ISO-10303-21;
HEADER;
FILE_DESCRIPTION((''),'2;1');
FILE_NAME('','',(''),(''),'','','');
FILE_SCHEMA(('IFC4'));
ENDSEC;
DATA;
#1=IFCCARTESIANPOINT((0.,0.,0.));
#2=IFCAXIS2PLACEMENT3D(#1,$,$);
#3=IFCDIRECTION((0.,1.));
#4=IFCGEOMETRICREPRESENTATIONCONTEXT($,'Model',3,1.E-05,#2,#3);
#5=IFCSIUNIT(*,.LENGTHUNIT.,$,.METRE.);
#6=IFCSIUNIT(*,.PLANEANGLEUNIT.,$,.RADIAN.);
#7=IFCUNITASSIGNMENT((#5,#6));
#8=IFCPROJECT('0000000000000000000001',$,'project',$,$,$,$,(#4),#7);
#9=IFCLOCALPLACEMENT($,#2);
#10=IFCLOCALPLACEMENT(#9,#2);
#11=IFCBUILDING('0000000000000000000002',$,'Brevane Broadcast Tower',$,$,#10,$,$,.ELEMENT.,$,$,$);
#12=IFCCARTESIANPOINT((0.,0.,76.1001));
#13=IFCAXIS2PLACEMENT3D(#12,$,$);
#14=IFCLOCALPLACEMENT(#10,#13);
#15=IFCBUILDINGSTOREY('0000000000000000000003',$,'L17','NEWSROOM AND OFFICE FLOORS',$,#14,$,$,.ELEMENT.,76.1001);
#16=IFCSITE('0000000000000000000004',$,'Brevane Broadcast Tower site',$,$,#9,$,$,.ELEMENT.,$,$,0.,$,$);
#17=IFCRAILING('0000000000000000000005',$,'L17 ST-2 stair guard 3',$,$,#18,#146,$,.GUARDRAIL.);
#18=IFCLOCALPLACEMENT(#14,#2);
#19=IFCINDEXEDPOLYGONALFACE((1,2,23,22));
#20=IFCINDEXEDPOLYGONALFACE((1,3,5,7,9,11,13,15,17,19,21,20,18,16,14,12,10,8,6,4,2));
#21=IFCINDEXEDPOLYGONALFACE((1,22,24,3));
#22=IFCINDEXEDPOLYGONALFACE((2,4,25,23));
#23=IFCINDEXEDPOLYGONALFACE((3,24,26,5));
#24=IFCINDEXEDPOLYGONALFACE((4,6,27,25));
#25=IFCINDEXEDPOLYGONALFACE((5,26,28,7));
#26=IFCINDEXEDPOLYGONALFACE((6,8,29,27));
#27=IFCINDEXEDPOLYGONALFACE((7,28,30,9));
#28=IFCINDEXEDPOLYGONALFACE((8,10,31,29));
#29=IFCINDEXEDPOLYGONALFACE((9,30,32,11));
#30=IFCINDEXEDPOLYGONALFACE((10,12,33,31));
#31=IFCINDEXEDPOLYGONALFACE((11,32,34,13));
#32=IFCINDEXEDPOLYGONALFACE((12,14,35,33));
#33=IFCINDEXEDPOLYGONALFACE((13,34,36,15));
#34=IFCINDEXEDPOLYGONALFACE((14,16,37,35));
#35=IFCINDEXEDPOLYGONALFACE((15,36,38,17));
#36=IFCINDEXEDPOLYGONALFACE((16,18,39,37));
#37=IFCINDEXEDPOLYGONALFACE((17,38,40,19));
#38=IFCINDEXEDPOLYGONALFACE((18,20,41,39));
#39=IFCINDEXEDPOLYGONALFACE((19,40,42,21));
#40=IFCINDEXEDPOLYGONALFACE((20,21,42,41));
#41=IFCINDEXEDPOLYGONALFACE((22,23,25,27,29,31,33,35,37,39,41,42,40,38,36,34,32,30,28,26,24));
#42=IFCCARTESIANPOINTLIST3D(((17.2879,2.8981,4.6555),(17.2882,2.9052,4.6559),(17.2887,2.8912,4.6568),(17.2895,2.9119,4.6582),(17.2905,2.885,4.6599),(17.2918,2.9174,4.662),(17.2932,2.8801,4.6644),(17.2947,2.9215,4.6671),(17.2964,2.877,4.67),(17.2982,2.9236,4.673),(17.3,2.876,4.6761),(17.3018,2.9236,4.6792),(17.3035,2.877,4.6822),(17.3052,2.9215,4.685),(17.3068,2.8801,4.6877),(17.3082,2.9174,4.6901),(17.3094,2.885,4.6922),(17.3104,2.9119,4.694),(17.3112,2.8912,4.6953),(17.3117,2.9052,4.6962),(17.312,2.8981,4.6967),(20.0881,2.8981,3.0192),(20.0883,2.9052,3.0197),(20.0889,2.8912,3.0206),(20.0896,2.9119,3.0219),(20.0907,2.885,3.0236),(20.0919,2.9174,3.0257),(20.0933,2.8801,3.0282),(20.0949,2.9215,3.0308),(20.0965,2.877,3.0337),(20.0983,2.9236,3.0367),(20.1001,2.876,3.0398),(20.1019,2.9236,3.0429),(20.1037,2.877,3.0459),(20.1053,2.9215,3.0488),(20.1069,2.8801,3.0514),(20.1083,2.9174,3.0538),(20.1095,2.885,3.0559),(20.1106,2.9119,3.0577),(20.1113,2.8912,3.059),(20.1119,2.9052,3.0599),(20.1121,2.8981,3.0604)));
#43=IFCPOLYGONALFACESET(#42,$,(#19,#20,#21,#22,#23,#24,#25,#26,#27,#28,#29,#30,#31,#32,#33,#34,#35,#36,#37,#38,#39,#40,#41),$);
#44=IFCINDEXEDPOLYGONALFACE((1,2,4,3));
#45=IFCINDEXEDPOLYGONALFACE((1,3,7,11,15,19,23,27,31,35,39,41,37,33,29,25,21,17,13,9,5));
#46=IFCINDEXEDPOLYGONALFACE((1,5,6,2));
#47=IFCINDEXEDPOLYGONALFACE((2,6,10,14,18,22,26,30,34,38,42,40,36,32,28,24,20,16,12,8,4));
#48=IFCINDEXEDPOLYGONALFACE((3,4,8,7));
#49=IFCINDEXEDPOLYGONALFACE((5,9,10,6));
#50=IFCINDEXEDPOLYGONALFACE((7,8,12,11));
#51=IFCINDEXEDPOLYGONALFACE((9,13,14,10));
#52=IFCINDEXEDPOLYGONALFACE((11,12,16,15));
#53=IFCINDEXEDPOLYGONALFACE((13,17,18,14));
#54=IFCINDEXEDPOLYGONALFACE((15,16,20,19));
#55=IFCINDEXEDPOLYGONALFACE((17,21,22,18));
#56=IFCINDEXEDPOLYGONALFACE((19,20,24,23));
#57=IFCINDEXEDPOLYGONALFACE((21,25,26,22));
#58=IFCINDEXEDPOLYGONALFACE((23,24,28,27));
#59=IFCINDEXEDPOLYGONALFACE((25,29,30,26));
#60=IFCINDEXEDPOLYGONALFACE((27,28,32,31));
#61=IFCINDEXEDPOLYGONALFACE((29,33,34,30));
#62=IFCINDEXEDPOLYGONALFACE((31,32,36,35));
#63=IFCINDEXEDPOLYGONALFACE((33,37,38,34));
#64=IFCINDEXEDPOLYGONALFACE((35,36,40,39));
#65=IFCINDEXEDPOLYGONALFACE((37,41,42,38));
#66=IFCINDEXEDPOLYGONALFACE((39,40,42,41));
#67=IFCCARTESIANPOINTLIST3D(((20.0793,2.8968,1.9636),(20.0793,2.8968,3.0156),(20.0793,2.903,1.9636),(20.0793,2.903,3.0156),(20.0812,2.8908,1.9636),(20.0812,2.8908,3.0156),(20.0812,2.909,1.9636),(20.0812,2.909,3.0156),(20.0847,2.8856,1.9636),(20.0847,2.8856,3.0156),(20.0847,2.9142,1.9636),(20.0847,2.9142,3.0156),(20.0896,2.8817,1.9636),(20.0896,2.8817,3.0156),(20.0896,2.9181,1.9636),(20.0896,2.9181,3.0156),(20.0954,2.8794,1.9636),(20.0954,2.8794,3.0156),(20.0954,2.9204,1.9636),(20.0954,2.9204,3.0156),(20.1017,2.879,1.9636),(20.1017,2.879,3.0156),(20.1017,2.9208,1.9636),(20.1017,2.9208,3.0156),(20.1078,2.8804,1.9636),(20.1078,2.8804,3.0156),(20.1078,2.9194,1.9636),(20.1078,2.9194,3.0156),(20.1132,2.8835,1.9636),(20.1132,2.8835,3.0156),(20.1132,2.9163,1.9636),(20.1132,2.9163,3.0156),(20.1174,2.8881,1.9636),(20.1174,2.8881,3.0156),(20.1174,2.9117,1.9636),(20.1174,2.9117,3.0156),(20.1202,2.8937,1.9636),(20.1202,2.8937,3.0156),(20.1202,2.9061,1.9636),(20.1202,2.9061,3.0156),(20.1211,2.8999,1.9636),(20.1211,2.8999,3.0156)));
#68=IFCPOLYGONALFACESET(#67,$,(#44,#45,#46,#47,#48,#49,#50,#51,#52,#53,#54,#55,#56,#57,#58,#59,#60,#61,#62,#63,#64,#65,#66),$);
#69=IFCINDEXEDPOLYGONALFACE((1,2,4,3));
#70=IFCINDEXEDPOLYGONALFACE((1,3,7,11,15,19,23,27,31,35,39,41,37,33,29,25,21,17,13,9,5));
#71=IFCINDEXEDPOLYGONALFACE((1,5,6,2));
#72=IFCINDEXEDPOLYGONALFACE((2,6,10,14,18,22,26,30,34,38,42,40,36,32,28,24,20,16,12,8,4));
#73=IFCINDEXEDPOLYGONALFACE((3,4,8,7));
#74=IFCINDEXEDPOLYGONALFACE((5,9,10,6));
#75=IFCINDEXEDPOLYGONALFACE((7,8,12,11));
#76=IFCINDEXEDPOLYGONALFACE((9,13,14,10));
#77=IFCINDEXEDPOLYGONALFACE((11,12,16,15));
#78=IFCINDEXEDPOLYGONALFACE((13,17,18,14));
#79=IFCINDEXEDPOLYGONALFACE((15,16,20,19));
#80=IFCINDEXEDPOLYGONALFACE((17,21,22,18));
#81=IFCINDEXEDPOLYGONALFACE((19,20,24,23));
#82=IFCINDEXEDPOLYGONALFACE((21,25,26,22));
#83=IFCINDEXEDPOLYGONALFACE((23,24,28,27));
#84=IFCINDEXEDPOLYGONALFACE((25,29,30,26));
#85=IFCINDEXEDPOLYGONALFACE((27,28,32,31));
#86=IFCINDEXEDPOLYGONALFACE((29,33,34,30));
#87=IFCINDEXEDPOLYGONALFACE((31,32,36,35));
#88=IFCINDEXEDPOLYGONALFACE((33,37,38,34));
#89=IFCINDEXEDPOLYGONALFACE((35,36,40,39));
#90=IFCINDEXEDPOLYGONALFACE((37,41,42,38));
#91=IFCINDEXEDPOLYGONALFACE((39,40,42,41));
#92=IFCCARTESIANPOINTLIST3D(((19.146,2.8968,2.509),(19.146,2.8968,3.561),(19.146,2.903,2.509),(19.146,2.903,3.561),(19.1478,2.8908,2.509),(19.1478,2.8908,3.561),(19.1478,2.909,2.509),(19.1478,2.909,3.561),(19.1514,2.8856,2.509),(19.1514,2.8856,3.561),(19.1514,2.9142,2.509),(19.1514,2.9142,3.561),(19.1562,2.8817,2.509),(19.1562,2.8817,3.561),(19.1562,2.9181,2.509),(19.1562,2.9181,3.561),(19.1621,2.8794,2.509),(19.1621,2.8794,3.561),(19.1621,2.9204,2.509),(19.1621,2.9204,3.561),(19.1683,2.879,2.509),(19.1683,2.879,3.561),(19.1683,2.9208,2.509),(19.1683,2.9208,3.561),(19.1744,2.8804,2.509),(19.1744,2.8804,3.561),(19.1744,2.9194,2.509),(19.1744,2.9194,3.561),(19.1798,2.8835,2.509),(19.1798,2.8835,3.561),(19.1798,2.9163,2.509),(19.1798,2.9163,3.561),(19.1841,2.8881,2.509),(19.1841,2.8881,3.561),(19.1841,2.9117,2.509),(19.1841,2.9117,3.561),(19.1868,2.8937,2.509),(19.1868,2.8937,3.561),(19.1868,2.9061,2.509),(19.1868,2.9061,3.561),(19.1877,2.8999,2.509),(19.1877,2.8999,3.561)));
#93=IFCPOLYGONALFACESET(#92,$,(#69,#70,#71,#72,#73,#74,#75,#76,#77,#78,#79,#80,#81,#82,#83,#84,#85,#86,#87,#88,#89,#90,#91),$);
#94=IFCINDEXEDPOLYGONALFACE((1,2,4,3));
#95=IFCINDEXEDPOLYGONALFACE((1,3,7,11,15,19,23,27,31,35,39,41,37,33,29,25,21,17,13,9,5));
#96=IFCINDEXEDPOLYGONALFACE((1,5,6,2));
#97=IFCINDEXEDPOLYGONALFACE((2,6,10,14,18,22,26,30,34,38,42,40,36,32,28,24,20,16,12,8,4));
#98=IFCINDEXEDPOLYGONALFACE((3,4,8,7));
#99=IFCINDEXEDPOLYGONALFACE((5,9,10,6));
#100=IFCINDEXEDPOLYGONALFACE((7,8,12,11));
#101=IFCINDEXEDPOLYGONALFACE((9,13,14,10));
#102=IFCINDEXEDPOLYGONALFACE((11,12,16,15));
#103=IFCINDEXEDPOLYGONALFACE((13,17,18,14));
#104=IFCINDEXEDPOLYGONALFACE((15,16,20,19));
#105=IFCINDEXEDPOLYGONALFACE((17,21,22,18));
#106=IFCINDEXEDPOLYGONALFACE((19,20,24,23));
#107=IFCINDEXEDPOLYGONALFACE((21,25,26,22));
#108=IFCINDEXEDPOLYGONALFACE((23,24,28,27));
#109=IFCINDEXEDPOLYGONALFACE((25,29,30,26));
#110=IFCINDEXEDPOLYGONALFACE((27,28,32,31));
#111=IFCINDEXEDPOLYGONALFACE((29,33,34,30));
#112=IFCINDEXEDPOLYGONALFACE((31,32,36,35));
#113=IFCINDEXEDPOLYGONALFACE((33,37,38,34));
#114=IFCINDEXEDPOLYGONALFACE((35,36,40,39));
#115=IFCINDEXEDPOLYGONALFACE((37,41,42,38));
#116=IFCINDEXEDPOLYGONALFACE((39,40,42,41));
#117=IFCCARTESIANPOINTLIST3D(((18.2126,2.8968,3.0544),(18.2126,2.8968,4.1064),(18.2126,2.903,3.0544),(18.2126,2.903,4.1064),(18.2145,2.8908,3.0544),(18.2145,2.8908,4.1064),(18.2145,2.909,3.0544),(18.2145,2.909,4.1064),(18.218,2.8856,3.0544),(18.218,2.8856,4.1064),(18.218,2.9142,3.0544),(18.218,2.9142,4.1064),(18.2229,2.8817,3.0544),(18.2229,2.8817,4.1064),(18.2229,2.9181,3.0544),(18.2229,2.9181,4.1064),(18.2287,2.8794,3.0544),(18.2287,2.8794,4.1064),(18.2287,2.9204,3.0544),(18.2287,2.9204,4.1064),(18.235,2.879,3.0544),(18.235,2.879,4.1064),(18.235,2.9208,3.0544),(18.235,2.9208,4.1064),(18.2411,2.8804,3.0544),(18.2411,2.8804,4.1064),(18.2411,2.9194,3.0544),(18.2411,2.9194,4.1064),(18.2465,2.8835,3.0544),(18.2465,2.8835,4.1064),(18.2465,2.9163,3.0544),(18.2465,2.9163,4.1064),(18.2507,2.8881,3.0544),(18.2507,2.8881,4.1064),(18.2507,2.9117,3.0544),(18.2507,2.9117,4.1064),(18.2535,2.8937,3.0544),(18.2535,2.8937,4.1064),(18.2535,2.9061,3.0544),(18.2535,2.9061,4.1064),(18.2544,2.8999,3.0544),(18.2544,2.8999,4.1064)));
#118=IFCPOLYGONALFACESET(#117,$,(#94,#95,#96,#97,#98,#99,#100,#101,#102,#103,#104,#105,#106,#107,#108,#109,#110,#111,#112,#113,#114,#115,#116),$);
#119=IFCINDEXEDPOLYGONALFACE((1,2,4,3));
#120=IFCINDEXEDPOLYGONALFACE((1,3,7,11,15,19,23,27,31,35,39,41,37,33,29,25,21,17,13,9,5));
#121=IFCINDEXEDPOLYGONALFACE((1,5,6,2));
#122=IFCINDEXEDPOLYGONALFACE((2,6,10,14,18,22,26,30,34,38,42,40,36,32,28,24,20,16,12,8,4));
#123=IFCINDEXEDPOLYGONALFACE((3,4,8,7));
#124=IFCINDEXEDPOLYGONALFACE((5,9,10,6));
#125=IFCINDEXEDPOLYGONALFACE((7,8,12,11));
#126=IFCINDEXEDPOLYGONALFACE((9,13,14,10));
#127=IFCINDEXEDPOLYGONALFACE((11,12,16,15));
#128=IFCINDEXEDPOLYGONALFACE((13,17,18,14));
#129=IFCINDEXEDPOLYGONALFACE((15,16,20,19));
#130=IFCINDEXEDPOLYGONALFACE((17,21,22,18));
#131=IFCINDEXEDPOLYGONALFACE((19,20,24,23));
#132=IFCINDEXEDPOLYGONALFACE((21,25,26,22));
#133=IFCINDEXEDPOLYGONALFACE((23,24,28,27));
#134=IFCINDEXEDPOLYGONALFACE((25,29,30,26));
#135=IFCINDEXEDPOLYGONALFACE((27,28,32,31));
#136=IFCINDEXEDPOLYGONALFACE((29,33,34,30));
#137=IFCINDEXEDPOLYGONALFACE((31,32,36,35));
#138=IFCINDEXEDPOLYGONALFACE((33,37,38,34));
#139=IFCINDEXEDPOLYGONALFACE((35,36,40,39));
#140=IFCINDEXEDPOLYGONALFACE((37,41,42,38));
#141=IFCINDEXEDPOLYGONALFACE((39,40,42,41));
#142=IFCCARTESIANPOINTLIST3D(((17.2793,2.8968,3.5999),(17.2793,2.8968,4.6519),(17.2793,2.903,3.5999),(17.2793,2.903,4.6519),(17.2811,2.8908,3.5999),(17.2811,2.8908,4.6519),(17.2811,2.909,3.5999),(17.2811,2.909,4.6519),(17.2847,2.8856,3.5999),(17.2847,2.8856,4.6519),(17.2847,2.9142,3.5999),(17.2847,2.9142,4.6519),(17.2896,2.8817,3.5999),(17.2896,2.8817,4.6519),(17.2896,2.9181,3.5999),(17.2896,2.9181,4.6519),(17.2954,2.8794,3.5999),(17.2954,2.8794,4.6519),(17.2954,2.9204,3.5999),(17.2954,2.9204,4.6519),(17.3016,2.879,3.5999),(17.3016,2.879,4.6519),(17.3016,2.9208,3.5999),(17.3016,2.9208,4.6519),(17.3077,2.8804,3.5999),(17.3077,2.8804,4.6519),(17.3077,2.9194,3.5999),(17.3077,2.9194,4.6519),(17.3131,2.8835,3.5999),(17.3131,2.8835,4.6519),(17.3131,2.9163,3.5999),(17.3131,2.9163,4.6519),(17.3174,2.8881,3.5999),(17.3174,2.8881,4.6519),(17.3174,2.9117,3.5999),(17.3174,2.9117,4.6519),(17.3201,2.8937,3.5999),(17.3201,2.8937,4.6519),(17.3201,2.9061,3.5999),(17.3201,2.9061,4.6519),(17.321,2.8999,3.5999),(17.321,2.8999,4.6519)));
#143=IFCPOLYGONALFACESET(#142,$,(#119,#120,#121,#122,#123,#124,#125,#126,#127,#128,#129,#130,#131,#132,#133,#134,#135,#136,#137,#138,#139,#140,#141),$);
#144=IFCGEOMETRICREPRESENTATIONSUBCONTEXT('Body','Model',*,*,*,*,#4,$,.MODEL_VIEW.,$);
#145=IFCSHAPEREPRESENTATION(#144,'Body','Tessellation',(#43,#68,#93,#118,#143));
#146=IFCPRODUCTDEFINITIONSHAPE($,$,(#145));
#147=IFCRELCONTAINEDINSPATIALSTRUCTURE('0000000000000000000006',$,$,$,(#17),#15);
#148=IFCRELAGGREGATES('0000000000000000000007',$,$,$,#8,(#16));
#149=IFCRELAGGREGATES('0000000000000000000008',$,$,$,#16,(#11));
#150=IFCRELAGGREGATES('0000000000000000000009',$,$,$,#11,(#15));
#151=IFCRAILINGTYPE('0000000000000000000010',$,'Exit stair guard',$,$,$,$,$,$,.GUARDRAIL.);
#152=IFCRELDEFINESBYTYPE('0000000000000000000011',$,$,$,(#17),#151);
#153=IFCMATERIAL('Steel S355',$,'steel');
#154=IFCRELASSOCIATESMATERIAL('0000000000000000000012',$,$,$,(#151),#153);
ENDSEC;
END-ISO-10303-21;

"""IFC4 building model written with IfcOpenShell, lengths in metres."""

from ifc_helpers import new_model, si_unit, direction, frame, origin, origin_2d, place, context, subcontext, project, spatial, circle, extrude, material, type_object, element, save


model = new_model("IFC4")

# Units and contexts
model_context = context("Model", 3, precision=1e-05, world=origin(), true_north=direction((0.0, 1.0)))
body_context = subcontext(model_context, "Body", "Model", "MODEL_VIEW")
ifc_project = project(units=[si_unit("LENGTHUNIT", "METRE"), si_unit("PLANEANGLEUNIT", "RADIAN")], contexts=[model_context])

# Site, building, storey
site_placement = place(None, origin())
site = spatial("IfcSite", under=ifc_project, at=site_placement, Name="Brevane Broadcast Tower site", CompositionType="ELEMENT", RefElevation=0.0)
building_placement = place(site_placement, origin())
building = spatial("IfcBuilding", under=site, at=building_placement, Name="Brevane Broadcast Tower", CompositionType="ELEMENT")
storey_placement = place(building_placement, frame((0.0, 0.0, 76.1001)))
storey = spatial("IfcBuildingStorey", under=building, at=storey_placement, Name="L17", Description="NEWSROOM AND OFFICE FLOORS", CompositionType="ELEMENT", Elevation=76.1001)

# Railing
ifc_material_1 = material(Name="Steel S355", Category="steel")
railing_type_1 = type_object("IfcRailingType", Name="Exit stair guard", PredefinedType="GUARDRAIL", material=ifc_material_1)
railing_1_placement = place(storey_placement, frame((20.1001, 2.8999, 1.9636)))
element("IfcRailing", 1, at=railing_1_placement, inside=storey, type_object=railing_type_1, Name="L17 ST-2 stair guard 3", PredefinedType="GUARDRAIL", context=body_context, shape_type="SweptSolid", body=[
    extrude(circle(Radius=0.0239, at=origin_2d()), frame((0.0, 0.0, 1.0762), z_axis=(-0.863394, 0.0, 0.504531), x_axis=(0.0, -1.0, 0.0)), (0.0, 0.0, 1.0), 3.2432),
    extrude(circle(Radius=0.021, at=origin_2d()), origin(), (0.0, 0.0, 1.0), 1.052),
    extrude(circle(Radius=0.021, at=origin_2d()), frame((-0.9333, 0.0, 0.5454)), (0.0, 0.0, 1.0), 1.052),
    extrude(circle(Radius=0.021, at=origin_2d()), frame((-1.8667, 0.0, 1.0908)), (0.0, 0.0, 1.0), 1.052),
    extrude(circle(Radius=0.021, at=origin_2d()), frame((-2.8, 0.0, 1.6362)), (0.0, 0.0, 1.0), 1.052),
])

save(model, "model.ifc")
